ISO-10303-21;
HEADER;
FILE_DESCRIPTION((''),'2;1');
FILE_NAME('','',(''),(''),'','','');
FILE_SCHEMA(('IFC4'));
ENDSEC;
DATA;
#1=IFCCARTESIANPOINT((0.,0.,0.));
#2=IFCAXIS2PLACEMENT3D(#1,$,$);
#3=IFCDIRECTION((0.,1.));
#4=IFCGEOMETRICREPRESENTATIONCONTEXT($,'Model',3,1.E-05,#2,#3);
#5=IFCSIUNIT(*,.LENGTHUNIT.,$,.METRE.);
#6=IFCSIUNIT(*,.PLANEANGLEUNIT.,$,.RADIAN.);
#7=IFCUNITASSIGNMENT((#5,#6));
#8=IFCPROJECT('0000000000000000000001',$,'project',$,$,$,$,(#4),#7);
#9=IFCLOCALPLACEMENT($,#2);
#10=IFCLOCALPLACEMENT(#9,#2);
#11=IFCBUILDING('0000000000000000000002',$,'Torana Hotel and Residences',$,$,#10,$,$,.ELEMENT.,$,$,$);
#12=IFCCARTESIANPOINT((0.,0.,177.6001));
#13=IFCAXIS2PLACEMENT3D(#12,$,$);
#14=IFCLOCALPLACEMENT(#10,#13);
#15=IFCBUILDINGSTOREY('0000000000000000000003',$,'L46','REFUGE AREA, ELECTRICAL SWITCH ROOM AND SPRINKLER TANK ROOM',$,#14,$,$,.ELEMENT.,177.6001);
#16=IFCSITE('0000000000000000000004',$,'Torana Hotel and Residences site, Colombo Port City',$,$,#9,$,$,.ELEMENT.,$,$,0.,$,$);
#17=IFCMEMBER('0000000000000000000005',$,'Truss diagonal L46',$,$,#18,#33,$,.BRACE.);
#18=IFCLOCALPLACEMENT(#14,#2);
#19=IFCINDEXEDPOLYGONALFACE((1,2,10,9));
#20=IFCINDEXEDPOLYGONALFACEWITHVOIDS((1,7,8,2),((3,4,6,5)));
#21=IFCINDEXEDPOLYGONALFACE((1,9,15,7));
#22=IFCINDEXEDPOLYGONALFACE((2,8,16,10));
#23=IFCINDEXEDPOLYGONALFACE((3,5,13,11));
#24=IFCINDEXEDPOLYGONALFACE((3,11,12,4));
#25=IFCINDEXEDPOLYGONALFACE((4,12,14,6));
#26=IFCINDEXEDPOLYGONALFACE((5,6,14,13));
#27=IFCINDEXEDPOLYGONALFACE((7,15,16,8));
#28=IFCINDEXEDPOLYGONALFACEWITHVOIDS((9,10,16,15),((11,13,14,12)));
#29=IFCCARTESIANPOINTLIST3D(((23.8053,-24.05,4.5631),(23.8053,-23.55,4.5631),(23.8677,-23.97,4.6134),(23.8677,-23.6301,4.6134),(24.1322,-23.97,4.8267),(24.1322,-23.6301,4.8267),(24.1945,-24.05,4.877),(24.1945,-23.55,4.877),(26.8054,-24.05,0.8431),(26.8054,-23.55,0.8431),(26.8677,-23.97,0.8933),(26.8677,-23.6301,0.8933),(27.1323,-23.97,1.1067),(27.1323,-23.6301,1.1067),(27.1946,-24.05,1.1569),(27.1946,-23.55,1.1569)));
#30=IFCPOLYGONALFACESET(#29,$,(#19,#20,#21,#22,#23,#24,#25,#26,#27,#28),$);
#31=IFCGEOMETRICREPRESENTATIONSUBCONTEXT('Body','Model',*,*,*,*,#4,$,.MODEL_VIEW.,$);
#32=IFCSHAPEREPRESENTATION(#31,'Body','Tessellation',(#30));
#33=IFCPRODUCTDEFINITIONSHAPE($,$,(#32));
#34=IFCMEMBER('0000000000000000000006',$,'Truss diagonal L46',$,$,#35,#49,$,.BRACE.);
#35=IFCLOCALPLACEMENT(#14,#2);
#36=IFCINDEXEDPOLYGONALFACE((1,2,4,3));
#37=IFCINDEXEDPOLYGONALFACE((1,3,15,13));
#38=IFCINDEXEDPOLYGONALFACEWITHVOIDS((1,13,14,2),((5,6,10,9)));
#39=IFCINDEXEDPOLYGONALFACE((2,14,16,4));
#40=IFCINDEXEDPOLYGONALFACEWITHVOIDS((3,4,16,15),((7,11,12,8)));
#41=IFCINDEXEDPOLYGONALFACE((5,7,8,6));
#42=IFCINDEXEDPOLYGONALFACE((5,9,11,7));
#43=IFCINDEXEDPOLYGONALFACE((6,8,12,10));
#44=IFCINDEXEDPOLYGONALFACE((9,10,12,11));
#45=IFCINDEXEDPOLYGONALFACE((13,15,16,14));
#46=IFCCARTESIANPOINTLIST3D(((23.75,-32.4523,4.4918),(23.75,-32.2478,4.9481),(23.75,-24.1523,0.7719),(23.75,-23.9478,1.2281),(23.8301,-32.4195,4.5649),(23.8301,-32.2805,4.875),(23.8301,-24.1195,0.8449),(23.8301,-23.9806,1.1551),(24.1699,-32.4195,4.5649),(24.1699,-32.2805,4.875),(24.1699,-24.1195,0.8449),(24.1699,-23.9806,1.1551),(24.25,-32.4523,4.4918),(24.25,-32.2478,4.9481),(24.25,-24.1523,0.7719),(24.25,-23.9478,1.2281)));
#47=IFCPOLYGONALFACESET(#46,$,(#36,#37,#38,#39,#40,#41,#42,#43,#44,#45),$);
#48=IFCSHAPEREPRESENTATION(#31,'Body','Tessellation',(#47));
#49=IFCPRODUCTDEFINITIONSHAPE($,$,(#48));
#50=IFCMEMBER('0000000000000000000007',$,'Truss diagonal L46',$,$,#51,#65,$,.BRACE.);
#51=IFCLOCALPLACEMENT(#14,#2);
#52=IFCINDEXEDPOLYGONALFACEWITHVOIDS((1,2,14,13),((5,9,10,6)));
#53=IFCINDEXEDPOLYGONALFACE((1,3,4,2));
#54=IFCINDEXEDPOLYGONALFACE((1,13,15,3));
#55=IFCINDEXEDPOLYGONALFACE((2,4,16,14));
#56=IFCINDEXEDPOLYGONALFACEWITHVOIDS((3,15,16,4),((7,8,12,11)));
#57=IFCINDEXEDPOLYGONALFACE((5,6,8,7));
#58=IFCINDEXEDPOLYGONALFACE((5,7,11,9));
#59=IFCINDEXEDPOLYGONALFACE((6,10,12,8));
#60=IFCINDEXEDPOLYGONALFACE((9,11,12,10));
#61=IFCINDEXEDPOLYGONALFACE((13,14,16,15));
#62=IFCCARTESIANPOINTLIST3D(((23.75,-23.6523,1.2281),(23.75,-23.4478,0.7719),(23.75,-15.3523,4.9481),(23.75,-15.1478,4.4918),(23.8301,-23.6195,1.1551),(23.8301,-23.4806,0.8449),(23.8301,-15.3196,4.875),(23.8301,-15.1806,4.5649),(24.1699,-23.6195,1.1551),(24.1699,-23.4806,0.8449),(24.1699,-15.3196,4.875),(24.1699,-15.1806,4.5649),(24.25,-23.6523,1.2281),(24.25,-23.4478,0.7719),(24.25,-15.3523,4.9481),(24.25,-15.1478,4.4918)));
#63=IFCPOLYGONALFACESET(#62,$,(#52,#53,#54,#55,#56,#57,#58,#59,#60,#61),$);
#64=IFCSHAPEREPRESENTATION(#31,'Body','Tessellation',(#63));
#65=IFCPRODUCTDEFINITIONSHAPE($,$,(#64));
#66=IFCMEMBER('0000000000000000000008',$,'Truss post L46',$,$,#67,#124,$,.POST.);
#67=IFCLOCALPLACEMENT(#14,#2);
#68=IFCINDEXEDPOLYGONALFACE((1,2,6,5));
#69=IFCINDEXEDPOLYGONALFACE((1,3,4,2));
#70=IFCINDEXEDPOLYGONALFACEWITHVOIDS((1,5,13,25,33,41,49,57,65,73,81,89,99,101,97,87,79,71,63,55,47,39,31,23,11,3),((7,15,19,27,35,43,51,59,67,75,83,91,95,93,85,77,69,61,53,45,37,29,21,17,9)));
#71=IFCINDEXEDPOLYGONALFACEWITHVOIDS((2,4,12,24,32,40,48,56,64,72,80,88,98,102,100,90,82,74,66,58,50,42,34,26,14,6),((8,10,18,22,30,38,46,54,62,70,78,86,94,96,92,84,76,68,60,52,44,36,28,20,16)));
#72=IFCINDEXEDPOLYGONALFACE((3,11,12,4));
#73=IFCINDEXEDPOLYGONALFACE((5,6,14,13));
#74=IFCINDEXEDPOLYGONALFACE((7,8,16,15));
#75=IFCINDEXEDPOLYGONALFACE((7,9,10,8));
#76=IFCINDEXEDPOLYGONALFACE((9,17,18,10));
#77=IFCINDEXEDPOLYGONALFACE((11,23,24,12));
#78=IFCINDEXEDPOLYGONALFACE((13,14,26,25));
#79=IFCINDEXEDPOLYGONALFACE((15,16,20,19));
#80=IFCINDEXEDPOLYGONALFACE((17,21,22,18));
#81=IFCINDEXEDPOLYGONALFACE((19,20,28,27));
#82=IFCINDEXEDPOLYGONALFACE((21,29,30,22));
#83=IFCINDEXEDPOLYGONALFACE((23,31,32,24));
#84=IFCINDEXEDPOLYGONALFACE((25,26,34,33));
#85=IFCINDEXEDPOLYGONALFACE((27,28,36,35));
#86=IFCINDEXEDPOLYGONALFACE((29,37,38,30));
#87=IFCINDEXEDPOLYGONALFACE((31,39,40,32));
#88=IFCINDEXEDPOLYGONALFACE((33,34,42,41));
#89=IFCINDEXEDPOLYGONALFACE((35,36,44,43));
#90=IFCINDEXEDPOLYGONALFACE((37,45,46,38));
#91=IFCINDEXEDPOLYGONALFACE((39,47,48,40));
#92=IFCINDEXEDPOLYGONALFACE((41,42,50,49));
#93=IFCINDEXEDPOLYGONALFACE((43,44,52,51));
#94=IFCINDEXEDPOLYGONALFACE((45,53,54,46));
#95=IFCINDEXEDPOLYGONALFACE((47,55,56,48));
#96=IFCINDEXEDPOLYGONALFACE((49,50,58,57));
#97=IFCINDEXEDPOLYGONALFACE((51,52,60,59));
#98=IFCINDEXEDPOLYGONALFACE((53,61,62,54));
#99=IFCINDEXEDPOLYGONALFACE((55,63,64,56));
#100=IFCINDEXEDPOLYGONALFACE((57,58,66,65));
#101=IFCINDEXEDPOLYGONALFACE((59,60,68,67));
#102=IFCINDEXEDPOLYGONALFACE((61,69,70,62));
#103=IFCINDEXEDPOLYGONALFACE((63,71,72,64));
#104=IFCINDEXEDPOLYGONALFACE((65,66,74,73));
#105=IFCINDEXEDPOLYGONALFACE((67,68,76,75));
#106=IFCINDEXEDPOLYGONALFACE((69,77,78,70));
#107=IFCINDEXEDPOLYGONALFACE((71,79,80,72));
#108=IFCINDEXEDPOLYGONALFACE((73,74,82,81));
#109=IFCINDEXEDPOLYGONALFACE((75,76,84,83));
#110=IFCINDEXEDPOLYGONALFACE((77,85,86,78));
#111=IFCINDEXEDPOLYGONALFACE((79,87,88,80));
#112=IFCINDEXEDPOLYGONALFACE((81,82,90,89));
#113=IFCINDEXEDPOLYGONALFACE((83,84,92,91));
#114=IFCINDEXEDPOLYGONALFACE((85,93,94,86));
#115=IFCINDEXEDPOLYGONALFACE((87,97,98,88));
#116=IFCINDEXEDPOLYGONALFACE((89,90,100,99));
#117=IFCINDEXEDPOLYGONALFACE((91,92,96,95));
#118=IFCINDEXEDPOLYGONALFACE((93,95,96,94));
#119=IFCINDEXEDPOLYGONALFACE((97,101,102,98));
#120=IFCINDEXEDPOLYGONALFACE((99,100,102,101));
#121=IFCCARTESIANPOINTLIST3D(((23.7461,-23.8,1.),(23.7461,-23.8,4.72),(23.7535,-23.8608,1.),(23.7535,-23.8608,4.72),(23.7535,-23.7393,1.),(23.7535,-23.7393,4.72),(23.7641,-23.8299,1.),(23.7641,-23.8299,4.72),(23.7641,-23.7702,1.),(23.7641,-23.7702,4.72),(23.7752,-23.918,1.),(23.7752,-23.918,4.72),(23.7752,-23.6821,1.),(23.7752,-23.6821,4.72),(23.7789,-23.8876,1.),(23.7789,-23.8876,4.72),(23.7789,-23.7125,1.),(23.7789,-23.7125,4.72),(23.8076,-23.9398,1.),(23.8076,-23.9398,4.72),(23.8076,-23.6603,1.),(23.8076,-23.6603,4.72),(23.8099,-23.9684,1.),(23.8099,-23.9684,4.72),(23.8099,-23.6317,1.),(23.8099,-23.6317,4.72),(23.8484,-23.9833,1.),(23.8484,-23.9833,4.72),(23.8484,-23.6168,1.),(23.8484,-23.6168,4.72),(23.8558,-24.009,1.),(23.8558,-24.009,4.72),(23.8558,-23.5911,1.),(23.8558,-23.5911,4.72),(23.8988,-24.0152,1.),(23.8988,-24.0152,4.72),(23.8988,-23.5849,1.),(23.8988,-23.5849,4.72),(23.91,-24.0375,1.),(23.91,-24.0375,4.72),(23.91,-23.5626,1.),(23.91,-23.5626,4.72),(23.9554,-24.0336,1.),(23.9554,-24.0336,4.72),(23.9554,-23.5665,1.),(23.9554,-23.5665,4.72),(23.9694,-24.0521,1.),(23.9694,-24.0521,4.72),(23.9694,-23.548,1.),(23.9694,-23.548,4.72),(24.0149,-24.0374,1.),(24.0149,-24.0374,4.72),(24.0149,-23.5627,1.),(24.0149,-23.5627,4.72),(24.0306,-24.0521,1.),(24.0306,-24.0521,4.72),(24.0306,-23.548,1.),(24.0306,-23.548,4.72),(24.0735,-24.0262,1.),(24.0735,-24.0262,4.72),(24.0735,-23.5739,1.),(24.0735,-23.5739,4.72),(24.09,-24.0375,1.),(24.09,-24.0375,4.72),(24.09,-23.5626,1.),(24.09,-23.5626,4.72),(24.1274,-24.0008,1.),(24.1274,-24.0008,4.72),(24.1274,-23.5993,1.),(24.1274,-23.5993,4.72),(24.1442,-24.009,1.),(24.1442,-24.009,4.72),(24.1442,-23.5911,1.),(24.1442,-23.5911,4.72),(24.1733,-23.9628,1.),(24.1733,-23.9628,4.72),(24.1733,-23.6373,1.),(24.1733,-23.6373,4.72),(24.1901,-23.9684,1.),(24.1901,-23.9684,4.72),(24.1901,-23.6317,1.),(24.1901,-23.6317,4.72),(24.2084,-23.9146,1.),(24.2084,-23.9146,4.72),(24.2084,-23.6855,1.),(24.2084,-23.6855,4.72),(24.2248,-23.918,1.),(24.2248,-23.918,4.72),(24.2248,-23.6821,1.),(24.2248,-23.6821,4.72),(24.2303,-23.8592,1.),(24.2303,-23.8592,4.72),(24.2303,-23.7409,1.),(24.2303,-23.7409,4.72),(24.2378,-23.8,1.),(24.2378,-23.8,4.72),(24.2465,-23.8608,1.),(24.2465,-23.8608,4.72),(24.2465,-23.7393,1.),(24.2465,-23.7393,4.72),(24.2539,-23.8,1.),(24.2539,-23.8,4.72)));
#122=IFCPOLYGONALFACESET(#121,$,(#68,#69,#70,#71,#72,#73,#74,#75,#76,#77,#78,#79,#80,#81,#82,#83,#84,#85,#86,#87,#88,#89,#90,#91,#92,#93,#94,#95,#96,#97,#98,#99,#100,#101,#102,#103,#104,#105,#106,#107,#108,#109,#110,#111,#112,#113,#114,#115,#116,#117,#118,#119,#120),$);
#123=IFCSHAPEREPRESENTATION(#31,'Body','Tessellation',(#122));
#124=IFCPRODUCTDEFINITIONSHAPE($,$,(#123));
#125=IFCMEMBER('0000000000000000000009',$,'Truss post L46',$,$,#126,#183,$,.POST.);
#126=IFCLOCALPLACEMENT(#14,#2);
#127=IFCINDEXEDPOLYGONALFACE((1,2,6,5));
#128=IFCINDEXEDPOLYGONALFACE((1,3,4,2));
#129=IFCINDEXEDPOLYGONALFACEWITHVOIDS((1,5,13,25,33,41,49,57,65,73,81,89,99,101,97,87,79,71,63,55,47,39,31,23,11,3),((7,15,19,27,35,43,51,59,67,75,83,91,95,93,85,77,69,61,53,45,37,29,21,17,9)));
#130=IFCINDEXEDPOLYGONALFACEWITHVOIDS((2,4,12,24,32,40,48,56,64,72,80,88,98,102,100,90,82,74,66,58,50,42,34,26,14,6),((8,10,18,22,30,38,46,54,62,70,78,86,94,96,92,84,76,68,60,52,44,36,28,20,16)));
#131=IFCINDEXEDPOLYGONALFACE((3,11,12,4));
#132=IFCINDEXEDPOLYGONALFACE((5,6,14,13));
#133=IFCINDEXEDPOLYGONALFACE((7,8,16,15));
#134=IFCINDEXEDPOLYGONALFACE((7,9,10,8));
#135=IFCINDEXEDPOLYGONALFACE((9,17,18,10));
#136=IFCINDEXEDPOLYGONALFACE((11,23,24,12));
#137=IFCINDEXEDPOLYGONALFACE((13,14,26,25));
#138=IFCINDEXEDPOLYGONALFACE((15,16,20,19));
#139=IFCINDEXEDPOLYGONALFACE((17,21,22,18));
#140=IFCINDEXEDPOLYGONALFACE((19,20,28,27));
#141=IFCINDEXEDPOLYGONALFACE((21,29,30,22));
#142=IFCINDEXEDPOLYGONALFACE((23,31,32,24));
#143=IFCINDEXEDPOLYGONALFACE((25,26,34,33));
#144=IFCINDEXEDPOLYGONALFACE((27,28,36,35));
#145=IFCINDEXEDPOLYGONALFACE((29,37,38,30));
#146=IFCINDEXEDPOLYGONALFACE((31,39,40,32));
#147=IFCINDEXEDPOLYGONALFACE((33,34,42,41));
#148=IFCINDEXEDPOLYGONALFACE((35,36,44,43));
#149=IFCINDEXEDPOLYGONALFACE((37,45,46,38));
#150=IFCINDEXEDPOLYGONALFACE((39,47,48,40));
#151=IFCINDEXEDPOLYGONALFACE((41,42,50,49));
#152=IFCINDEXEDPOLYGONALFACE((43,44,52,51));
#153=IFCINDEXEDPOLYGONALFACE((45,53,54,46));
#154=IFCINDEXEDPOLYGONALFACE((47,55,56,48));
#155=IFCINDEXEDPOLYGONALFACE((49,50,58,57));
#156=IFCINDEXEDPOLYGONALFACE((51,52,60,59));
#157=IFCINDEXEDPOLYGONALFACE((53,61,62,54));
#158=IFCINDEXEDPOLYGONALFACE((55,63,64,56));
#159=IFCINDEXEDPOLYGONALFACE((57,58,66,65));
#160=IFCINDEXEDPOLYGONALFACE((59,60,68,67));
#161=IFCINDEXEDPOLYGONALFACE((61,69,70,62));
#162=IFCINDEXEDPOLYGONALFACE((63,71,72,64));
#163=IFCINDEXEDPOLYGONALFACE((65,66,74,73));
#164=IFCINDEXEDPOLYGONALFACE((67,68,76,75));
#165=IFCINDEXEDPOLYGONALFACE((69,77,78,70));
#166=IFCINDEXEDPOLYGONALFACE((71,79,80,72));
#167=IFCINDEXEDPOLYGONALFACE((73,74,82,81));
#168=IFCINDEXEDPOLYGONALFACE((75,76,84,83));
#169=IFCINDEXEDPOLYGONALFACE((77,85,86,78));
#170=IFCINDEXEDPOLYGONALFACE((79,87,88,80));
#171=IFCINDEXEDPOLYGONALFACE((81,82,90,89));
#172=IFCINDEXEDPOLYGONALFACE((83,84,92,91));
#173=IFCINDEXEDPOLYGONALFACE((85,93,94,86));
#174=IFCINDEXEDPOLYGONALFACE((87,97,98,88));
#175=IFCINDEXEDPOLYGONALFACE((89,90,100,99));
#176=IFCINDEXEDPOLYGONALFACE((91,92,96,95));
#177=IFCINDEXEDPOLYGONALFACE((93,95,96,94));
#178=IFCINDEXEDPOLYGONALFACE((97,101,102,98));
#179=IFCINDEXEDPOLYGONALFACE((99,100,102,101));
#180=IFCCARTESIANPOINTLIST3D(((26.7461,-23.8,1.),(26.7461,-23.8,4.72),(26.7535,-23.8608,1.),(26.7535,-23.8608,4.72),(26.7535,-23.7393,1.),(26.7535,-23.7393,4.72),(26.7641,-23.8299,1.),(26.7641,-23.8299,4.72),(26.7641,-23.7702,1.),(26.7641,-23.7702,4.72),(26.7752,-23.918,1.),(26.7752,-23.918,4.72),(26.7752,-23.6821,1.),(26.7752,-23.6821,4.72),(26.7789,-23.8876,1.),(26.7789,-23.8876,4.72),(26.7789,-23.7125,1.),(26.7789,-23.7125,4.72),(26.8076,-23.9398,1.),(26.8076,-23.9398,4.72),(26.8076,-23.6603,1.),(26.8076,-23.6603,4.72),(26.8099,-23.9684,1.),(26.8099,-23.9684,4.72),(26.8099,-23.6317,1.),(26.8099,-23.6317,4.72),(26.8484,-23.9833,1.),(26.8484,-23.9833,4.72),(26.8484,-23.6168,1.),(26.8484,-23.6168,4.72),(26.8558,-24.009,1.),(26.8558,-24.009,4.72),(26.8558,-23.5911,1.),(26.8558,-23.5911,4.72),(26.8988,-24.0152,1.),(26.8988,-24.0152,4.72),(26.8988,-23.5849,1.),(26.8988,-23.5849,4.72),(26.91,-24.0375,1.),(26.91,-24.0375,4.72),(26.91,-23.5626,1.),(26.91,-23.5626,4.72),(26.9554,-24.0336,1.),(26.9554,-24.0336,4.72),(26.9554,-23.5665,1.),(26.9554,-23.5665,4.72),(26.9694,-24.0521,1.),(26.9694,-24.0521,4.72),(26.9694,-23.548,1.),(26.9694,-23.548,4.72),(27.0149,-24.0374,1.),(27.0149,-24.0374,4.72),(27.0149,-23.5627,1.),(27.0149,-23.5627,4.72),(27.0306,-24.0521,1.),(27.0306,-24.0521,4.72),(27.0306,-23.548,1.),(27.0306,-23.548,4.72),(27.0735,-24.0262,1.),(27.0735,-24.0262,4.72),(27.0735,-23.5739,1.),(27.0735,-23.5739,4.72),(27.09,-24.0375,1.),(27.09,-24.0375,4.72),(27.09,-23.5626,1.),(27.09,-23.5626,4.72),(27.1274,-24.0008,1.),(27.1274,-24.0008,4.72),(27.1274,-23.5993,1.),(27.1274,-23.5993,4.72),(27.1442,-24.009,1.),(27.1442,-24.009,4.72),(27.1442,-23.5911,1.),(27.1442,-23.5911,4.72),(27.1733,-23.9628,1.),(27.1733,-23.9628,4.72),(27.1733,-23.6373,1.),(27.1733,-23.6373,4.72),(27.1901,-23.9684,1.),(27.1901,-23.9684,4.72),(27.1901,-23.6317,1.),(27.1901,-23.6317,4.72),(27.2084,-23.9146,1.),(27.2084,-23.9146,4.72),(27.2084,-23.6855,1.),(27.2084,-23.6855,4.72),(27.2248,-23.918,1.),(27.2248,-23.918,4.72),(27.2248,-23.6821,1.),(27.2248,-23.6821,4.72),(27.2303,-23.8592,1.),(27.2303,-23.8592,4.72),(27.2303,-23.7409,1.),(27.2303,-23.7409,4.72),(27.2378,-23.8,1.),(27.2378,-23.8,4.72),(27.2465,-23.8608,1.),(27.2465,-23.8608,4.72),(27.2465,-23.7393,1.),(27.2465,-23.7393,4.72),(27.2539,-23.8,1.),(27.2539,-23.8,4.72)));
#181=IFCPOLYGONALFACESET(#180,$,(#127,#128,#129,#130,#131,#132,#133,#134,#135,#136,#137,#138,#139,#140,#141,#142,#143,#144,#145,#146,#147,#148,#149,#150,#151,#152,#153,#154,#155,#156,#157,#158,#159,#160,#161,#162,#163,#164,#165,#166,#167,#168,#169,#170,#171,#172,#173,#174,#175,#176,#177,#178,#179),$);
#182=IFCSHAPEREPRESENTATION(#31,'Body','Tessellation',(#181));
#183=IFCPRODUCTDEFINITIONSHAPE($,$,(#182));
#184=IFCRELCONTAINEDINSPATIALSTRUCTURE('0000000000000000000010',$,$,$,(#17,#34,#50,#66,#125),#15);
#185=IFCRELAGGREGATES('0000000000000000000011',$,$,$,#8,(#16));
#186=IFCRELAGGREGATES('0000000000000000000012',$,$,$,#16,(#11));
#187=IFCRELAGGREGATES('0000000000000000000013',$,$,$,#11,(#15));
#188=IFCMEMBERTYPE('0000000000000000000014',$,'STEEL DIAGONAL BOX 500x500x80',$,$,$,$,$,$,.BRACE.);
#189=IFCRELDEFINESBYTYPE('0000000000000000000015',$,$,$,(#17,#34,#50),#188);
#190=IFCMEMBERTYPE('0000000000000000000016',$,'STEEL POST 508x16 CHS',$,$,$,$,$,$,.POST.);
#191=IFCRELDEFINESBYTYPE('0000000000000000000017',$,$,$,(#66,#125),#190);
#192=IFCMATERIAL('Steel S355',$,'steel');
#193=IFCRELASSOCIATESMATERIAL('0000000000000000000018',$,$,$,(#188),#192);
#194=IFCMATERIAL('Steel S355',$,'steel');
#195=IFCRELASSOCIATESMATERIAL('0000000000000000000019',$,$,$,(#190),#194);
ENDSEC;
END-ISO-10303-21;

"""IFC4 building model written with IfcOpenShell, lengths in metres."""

from ifc_helpers import new_model, si_unit, direction, frame, origin, origin_2d, place, context, subcontext, project, spatial, hollow_rectangle, hollow_circle, extrude, material, material_profile, profile_set, type_object, element, save


model = new_model("IFC4")

# Units and contexts
model_context = context("Model", 3, precision=1e-05, world=origin(), true_north=direction((0.0, 1.0)))
body_context = subcontext(model_context, "Body", "Model", "MODEL_VIEW")
ifc_project = project(units=[si_unit("LENGTHUNIT", "METRE"), si_unit("PLANEANGLEUNIT", "RADIAN")], contexts=[model_context])

# Site, building, storey
site_placement = place(None, origin())
site = spatial("IfcSite", under=ifc_project, at=site_placement, Name="Torana Hotel and Residences site, Colombo Port City", CompositionType="ELEMENT", RefElevation=0.0)
building_placement = place(site_placement, origin())
building = spatial("IfcBuilding", under=site, at=building_placement, Name="Torana Hotel and Residences", CompositionType="ELEMENT")
storey_placement = place(building_placement, frame((0.0, 0.0, 177.6001)))
storey = spatial("IfcBuildingStorey", under=building, at=storey_placement, Name="L46", Description="REFUGE AREA, ELECTRICAL SWITCH ROOM AND SPRINKLER TANK ROOM", CompositionType="ELEMENT", Elevation=177.6001)

# Members
ifc_material_1 = material(Name="Steel S355", Category="steel")
ifc_material_profile_1 = material_profile(ifc_material_1, hollow_rectangle(XDim=0.5, YDim=0.5, WallThickness=0.0801, at=origin_2d()), Name="BOX 500x500x80")
ifc_profile_set_1 = profile_set([ifc_material_profile_1], Name="Steel S355")
member_type_1 = type_object("IfcMemberType", Name="STEEL DIAGONAL BOX 500x500x80", PredefinedType="BRACE", material=ifc_profile_set_1)
for number, where, z_axis, x_axis, name in (
    (1, (27.0, -23.8, 1.0), (-0.627755, 0.0, 0.778411), (0.0, -1.0, 0.0), "Truss diagonal L46"),
):
    element("IfcMember", number, at=place(storey_placement, frame(where, z_axis=z_axis, x_axis=x_axis)), inside=storey, type_object=member_type_1, Name=name, PredefinedType="BRACE", context=body_context, shape_type="SweptSolid", body=[
        extrude(hollow_rectangle(XDim=0.5, YDim=0.5, WallThickness=0.0801, at=origin_2d()), origin(), (0.0, 0.0, 1.0), 4.7791),
    ])
for number, where, z_axis, x_axis, name in (
    (2, (24.0, -24.05, 1.0), (0.0, -0.91254, 0.408988), (1.0, 0.0, 0.0), "Truss diagonal L46"),
    (3, (24.0, -23.55, 1.0), (0.0, 0.91254, 0.408988), (-1.0, 0.0, 0.0), "Truss diagonal L46"),
):
    element("IfcMember", number, at=place(storey_placement, frame(where, z_axis=z_axis, x_axis=x_axis)), inside=storey, type_object=member_type_1, Name=name, PredefinedType="BRACE", context=body_context, shape_type="SweptSolid", body=[
        extrude(hollow_rectangle(XDim=0.5, YDim=0.5, WallThickness=0.0801, at=origin_2d()), origin(), (0.0, 0.0, 1.0), 9.0955),
    ])
ifc_material_2 = material(Name="Steel S355", Category="steel")
ifc_material_profile_2 = material_profile(ifc_material_2, hollow_circle(Radius=0.2539, WallThickness=0.0161, at=origin_2d()), Name="508x16 CHS")
ifc_profile_set_2 = profile_set([ifc_material_profile_2], Name="Steel S355")
member_type_2 = type_object("IfcMemberType", Name="STEEL POST 508x16 CHS", PredefinedType="POST", material=ifc_profile_set_2)
for number, where, z_axis, x_axis, name in (
    (4, (24.0, -23.8, 1.0), (0.0, 0.0, 1.0), (1.0, 0.0, 0.0), "Truss post L46"),
    (5, (27.0, -23.8, 1.0), (0.0, 0.0, 1.0), (1.0, 0.0, 0.0), "Truss post L46"),
):
    element("IfcMember", number, at=place(storey_placement, frame(where, z_axis=z_axis, x_axis=x_axis)), inside=storey, type_object=member_type_2, Name=name, PredefinedType="POST", context=body_context, shape_type="SweptSolid", body=[
        extrude(hollow_circle(Radius=0.2539, WallThickness=0.0161, at=origin_2d()), origin(), (0.0, 0.0, 1.0), 3.72),
    ])

save(model, "model.ifc")
